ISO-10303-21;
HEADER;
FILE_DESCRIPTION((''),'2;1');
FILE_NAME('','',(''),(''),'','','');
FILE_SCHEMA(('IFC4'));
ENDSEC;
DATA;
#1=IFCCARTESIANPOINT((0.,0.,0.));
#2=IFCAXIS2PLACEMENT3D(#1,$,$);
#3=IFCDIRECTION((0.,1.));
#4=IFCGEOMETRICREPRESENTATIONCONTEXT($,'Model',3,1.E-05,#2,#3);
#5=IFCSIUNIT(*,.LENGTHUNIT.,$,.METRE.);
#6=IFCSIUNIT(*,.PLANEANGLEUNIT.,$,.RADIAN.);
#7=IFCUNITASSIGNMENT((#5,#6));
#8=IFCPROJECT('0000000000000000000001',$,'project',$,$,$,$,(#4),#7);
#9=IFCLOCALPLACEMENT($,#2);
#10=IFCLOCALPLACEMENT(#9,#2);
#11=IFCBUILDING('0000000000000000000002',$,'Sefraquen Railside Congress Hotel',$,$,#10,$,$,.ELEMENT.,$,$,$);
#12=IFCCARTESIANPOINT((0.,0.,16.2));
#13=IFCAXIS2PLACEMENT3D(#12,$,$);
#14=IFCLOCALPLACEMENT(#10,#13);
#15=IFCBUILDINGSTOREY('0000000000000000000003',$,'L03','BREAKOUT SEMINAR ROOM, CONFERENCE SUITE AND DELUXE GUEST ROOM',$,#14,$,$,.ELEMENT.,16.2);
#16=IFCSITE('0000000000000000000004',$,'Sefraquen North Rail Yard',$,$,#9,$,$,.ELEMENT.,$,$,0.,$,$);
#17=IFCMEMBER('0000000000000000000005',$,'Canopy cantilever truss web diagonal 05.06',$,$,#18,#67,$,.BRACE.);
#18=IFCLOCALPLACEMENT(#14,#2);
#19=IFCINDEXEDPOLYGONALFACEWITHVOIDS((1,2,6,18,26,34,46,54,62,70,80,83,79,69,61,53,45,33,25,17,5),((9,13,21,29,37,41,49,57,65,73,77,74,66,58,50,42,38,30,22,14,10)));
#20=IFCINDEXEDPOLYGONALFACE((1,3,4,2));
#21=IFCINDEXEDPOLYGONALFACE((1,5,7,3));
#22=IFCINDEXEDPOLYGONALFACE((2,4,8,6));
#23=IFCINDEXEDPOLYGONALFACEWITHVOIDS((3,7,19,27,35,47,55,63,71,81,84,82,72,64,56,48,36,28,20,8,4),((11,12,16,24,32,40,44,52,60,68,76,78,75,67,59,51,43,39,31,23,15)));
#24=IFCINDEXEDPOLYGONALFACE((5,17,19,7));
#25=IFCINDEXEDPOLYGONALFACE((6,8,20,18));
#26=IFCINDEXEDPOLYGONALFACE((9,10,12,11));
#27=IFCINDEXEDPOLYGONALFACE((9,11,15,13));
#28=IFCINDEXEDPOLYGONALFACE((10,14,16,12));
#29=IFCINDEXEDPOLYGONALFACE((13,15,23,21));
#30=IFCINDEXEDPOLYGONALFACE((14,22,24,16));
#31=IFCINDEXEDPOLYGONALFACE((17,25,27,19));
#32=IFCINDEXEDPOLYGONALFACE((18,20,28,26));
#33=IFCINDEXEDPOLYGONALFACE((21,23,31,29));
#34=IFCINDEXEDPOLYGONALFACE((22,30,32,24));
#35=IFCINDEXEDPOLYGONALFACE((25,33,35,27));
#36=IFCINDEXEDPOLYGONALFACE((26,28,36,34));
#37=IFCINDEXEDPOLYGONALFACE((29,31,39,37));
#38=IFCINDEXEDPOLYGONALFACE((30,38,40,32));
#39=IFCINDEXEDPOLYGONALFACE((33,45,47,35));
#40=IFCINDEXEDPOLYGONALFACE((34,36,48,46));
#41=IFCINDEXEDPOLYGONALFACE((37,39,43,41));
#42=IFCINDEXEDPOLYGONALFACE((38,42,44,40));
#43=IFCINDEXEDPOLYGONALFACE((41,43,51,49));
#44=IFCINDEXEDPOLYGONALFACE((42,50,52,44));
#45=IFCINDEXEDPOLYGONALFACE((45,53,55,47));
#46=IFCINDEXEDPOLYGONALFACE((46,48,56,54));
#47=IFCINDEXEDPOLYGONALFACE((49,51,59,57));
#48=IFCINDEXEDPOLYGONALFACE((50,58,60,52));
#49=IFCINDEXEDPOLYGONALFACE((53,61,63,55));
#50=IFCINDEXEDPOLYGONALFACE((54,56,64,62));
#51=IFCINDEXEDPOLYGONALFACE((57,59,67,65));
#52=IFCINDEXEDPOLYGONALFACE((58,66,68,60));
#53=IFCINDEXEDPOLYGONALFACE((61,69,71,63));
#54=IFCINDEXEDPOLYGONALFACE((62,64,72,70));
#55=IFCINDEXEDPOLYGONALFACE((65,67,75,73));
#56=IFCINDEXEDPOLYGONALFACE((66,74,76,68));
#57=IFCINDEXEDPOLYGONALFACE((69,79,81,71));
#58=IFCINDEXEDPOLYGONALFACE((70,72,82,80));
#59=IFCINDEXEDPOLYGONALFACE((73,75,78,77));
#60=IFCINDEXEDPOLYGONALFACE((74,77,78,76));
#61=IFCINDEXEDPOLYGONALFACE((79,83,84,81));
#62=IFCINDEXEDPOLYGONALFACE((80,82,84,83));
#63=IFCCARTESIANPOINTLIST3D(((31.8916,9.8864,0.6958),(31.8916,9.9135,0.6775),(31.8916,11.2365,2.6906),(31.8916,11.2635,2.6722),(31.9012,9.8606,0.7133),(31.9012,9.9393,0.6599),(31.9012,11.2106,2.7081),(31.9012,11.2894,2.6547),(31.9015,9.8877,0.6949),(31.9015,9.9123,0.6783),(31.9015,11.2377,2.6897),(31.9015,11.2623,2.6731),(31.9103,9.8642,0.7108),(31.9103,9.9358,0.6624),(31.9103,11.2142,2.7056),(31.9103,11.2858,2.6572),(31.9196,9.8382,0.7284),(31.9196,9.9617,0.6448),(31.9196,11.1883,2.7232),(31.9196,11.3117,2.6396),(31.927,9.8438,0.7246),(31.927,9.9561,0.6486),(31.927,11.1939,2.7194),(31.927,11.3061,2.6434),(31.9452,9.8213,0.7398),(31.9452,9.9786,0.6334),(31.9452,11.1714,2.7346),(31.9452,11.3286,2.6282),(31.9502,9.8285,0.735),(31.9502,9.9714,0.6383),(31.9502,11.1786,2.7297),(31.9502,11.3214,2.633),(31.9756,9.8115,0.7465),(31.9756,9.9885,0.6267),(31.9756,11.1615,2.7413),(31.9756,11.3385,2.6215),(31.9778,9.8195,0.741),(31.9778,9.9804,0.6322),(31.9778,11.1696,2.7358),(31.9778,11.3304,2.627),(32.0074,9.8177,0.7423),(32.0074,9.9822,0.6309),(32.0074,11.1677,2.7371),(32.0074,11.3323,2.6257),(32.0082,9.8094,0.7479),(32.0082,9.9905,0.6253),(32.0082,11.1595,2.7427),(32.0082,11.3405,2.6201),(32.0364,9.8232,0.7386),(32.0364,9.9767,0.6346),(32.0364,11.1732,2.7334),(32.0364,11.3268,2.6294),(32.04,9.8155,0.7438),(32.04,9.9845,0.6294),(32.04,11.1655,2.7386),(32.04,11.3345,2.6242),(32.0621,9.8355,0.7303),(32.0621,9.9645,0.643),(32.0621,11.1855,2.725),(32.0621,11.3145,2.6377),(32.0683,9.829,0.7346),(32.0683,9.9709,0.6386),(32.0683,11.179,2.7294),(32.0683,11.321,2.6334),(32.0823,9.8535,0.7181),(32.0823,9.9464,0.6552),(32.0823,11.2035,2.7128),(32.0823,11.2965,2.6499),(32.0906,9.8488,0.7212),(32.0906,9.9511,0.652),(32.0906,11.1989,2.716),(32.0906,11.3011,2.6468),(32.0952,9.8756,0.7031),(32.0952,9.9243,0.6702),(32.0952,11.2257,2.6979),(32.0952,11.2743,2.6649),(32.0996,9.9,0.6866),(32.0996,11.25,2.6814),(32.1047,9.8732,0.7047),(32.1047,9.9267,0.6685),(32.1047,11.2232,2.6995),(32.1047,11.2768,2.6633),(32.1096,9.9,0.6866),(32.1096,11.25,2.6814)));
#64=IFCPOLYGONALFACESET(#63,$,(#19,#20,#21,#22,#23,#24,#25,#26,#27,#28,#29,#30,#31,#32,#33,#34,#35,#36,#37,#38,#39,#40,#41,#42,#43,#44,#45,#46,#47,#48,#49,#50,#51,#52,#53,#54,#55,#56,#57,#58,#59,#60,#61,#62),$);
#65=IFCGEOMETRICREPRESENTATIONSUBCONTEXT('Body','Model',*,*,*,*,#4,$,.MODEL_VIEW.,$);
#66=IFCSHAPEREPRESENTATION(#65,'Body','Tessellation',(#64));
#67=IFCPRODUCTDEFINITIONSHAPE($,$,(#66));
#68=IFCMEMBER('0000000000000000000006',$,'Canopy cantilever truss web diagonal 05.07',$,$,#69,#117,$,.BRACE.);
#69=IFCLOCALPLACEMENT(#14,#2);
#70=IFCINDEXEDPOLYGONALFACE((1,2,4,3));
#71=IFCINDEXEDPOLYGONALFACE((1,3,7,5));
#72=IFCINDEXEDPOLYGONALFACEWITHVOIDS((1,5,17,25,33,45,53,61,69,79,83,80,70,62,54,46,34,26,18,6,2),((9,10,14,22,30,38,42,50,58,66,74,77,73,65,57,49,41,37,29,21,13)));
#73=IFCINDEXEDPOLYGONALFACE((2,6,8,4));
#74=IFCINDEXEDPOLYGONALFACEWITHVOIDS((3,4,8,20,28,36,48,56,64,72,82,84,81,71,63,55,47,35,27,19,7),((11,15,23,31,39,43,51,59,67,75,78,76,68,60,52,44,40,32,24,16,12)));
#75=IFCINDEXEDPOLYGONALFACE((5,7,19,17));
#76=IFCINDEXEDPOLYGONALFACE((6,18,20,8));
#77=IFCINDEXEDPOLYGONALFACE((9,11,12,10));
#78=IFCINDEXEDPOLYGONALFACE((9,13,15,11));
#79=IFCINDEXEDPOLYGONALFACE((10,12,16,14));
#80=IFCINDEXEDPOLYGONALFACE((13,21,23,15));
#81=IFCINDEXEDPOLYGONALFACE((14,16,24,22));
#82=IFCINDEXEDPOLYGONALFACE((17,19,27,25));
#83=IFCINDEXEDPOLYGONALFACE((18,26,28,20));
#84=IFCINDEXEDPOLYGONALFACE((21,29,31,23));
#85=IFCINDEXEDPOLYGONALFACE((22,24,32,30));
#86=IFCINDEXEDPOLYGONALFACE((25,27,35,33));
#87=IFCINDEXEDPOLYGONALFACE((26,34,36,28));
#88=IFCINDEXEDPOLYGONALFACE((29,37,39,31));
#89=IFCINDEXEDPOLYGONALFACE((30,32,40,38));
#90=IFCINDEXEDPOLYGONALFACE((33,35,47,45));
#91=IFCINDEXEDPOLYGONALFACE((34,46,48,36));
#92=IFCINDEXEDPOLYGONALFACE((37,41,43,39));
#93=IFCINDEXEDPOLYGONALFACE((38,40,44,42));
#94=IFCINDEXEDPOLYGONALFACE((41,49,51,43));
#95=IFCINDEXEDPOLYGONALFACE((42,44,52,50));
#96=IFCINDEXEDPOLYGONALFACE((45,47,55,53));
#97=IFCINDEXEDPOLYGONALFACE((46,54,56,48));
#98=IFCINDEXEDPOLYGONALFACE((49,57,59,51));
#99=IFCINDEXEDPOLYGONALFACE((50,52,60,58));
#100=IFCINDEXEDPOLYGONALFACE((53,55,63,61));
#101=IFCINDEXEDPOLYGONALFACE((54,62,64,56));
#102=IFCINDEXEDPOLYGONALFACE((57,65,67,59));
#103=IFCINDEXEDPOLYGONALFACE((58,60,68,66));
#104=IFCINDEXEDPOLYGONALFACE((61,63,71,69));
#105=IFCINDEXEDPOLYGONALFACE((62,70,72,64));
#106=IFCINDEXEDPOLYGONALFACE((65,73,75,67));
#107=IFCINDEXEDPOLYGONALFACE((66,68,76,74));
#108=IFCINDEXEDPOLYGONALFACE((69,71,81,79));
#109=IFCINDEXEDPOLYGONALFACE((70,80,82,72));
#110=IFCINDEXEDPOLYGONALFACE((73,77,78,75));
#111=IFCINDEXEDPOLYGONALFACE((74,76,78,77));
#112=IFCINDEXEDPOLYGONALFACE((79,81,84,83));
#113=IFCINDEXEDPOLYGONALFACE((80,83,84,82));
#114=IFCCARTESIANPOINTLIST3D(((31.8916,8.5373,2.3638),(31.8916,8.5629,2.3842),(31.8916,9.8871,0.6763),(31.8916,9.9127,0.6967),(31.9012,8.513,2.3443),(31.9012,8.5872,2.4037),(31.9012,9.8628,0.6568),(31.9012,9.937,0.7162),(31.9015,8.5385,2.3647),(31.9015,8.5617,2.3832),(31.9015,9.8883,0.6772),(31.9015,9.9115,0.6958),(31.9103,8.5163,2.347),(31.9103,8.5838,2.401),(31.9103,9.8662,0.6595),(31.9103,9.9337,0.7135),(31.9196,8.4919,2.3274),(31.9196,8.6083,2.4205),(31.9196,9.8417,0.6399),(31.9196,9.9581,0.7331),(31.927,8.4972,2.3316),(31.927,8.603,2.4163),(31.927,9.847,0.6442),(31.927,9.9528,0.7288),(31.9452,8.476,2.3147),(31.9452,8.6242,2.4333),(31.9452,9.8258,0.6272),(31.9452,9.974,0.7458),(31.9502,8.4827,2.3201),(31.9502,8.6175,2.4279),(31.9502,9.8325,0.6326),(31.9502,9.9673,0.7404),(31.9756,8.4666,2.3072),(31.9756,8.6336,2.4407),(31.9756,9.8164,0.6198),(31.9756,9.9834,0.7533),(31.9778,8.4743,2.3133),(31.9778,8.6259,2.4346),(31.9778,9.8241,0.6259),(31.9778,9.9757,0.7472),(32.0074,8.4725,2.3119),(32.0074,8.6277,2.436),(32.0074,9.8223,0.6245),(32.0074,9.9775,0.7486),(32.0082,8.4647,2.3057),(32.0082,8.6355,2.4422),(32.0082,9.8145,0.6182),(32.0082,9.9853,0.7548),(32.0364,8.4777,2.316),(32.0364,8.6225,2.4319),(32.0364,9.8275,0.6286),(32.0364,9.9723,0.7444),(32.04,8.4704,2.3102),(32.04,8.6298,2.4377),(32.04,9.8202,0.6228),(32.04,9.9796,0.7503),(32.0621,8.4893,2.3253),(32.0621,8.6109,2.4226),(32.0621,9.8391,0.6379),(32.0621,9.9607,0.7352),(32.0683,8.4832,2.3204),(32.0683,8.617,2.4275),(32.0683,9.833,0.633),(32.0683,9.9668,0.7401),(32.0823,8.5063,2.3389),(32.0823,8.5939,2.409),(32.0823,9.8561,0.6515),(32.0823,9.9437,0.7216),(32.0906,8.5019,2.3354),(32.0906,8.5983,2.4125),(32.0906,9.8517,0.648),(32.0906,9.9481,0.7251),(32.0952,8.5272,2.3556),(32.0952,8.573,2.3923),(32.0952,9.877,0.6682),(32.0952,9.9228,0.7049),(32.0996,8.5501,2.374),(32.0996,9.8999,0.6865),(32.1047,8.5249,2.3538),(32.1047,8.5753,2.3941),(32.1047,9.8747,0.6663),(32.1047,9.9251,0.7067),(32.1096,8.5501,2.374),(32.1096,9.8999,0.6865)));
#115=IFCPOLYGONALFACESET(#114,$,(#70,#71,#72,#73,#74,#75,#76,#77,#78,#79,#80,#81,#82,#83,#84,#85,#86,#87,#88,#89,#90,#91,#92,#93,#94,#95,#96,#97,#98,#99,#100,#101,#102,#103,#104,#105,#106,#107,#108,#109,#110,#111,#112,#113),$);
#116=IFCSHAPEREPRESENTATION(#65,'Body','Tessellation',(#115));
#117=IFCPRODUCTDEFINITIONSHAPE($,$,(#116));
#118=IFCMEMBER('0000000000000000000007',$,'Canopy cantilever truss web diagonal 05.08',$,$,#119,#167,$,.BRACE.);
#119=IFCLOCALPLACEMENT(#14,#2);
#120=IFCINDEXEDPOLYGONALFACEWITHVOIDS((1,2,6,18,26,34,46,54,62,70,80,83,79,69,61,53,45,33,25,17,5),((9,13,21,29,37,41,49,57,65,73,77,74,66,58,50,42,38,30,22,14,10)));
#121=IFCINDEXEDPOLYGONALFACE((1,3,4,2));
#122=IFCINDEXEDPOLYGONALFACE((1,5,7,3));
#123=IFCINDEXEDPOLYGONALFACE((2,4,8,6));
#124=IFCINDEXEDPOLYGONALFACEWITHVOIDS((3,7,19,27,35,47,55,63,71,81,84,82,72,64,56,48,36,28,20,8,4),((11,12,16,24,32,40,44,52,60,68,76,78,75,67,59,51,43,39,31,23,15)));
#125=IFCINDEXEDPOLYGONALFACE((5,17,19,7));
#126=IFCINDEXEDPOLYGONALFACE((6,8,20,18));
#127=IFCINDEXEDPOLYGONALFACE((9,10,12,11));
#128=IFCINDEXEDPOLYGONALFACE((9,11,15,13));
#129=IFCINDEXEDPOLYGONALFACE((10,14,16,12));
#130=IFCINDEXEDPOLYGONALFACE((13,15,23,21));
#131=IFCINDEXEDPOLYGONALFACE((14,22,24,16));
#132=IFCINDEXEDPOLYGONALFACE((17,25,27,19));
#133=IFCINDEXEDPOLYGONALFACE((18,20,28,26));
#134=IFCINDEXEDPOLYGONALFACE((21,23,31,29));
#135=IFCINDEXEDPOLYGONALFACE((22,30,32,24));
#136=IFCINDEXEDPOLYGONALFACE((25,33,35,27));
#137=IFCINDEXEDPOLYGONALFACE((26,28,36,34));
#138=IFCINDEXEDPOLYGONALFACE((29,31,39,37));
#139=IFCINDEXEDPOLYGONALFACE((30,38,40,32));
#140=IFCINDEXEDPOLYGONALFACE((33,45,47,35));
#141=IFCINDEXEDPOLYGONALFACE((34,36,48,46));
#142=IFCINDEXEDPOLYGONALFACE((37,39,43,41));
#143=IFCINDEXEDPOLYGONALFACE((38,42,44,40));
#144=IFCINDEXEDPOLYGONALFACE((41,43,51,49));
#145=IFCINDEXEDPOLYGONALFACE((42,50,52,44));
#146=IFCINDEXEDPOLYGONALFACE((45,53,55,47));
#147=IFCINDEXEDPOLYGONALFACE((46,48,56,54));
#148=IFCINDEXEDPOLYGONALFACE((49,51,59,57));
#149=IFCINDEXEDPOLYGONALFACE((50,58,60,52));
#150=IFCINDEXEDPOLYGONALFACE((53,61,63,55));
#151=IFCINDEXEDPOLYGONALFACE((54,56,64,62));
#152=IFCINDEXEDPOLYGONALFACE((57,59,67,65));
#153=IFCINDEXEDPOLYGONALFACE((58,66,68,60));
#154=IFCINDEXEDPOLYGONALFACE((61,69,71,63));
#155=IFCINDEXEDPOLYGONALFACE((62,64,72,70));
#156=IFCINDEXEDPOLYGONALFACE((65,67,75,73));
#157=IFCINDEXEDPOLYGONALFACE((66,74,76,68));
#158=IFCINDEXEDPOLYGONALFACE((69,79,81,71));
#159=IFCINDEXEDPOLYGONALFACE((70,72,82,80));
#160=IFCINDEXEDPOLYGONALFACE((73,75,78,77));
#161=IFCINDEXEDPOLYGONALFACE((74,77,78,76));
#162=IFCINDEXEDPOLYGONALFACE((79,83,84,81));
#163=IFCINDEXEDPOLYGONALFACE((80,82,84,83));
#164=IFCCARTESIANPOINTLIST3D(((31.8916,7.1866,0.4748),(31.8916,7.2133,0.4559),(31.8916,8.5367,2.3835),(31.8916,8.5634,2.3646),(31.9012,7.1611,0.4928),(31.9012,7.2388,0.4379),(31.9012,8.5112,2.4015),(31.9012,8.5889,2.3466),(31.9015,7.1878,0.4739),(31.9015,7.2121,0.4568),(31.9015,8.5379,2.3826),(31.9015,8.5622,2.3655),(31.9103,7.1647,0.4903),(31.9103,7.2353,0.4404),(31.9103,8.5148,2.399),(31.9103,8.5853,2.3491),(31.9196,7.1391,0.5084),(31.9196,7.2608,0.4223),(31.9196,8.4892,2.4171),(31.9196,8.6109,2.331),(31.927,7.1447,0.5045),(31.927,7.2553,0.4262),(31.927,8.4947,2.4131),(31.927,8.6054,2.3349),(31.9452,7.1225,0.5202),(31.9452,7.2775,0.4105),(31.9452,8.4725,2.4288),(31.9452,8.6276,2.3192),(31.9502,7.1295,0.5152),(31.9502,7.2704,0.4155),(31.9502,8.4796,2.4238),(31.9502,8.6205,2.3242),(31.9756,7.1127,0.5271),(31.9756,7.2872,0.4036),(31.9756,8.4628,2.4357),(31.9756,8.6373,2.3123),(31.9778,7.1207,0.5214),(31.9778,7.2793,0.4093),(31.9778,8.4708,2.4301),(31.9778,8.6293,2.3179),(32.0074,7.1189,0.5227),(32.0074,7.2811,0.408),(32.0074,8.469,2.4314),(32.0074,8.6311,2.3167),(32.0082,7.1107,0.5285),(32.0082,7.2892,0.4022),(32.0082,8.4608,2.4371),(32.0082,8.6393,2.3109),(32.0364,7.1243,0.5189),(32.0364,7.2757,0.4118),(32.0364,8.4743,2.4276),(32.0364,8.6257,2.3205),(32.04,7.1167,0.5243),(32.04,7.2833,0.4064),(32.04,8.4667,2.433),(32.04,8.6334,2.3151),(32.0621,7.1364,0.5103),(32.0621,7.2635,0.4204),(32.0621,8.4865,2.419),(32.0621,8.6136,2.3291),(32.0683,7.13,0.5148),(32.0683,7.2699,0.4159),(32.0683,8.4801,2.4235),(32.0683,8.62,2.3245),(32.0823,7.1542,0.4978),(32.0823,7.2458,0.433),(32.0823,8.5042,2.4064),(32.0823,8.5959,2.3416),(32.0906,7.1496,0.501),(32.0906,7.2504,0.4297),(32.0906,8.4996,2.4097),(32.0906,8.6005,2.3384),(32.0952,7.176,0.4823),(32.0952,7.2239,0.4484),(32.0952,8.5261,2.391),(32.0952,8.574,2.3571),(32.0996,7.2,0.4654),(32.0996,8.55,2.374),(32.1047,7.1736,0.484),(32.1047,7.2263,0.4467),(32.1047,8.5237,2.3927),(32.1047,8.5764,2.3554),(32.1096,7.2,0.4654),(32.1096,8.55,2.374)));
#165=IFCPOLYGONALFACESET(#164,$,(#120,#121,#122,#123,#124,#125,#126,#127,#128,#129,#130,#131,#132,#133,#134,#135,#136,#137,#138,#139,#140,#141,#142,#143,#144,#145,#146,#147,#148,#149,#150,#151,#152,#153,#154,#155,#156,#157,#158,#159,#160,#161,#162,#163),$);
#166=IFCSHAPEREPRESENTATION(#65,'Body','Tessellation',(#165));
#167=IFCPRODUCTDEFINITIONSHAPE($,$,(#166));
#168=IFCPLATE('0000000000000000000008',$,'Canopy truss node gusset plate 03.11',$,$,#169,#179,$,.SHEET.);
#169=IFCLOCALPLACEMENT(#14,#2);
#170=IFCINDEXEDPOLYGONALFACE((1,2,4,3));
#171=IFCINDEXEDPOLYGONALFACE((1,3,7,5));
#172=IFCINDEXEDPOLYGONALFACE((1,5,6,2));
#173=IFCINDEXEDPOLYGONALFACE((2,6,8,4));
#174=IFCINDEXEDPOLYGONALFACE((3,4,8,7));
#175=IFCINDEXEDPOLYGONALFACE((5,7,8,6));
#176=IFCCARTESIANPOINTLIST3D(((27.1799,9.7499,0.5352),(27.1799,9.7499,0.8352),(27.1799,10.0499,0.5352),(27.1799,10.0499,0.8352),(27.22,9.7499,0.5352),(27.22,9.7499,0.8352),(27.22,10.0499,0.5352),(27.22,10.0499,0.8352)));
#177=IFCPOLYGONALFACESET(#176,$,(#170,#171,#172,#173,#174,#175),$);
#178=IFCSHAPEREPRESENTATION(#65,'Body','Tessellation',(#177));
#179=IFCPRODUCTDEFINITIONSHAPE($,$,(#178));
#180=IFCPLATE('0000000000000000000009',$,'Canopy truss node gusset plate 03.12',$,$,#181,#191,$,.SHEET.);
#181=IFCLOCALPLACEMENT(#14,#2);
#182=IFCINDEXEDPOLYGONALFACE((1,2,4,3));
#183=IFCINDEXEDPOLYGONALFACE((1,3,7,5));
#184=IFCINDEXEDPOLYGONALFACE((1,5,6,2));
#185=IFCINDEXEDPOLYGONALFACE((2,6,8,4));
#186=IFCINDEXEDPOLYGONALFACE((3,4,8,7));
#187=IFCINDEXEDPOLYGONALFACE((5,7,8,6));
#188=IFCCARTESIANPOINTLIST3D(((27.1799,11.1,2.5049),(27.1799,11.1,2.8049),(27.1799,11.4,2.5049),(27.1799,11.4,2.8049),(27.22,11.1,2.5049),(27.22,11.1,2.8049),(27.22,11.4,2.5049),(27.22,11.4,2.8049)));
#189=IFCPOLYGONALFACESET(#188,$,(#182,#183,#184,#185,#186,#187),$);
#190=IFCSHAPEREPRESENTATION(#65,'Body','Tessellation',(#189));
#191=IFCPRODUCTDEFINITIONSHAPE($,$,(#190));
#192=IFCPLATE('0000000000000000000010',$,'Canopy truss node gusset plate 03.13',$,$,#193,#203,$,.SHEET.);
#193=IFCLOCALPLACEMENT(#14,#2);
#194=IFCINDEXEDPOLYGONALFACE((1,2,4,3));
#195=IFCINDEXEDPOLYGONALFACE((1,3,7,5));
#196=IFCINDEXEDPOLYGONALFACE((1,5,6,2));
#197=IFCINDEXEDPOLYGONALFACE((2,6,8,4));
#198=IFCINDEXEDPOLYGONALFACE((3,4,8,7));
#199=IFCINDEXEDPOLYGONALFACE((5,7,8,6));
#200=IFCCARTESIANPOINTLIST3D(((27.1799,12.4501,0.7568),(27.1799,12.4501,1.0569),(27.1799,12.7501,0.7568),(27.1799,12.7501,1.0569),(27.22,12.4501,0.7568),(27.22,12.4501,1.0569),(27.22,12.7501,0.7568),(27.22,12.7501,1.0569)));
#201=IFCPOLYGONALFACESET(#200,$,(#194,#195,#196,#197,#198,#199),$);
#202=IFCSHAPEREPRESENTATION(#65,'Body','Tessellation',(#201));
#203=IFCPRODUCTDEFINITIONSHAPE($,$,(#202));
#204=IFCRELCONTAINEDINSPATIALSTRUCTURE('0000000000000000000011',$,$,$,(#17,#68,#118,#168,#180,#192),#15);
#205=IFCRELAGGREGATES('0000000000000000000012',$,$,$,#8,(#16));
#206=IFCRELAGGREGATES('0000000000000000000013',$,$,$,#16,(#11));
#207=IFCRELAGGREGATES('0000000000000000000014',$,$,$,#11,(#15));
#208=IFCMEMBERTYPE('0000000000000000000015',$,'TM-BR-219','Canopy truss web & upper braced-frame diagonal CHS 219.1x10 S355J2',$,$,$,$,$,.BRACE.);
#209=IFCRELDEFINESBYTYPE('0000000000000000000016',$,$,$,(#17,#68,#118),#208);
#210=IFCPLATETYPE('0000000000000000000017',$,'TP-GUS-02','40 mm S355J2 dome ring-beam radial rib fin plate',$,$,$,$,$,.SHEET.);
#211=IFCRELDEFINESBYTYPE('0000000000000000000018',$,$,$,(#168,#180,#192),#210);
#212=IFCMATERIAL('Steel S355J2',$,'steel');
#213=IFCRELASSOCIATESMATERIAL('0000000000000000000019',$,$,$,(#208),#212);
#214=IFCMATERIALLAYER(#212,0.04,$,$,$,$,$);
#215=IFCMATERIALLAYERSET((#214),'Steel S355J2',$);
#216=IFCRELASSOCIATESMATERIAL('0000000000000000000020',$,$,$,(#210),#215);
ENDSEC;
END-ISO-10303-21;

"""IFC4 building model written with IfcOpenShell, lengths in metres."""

from ifc_helpers import new_model, si_unit, direction, frame, origin, origin_2d, place, context, subcontext, project, spatial, rectangle, hollow_circle, extrude, material, layer, layer_set, material_profile, profile_set, type_object, element, save


model = new_model("IFC4")

# Units and contexts
model_context = context("Model", 3, precision=1e-05, world=origin(), true_north=direction((0.0, 1.0)))
body_context = subcontext(model_context, "Body", "Model", "MODEL_VIEW")
ifc_project = project(units=[si_unit("LENGTHUNIT", "METRE"), si_unit("PLANEANGLEUNIT", "RADIAN")], contexts=[model_context])

# Site, building, storey
site_placement = place(None, origin())
site = spatial("IfcSite", under=ifc_project, at=site_placement, Name="Sefraquen North Rail Yard", CompositionType="ELEMENT", RefElevation=0.0)
building_placement = place(site_placement, origin())
building = spatial("IfcBuilding", under=site, at=building_placement, Name="Sefraquen Railside Congress Hotel", CompositionType="ELEMENT")
storey_placement = place(building_placement, frame((0.0, 0.0, 16.2)))
storey = spatial("IfcBuildingStorey", under=building, at=storey_placement, Name="L03", Description="BREAKOUT SEMINAR ROOM, CONFERENCE SUITE AND DELUXE GUEST ROOM", CompositionType="ELEMENT", Elevation=16.2)

# Members
ifc_material = material(Name="Steel S355J2", Category="steel")
ifc_material_profile = material_profile(ifc_material, hollow_circle(Radius=0.1096, WallThickness=0.01, at=origin_2d()), Name="CHS 219.1x10")
ifc_profile_set = profile_set([ifc_material_profile], Name="Steel S355J2")
member_type = type_object("IfcMemberType", Name="TM-BR-219", Description="Canopy truss web & upper braced-frame diagonal CHS 219.1x10 S355J2", PredefinedType="BRACE", material=ifc_profile_set)
member_1_placement = place(storey_placement, frame((32.0, 11.25, 2.6814), z_axis=(0.0, -0.560487, -0.828163), x_axis=(1.0, 0.0, 0.0)))
element("IfcMember", 1, at=member_1_placement, inside=storey, type_object=member_type, Name="Canopy cantilever truss web diagonal 05.06", PredefinedType="BRACE", context=body_context, shape_type="SweptSolid", body=[
    extrude(hollow_circle(Radius=0.1096, WallThickness=0.01, at=origin_2d()), origin(), (0.0, 0.0, 1.0), 2.4087),
])
member_2_placement = place(storey_placement, frame((32.0, 9.8999, 0.6865), z_axis=(0.0, -0.624654, 0.780902), x_axis=(1.0, 0.0, 0.0)))
element("IfcMember", 2, at=member_2_placement, inside=storey, type_object=member_type, Name="Canopy cantilever truss web diagonal 05.07", PredefinedType="BRACE", context=body_context, shape_type="SweptSolid", body=[
    extrude(hollow_circle(Radius=0.1096, WallThickness=0.01, at=origin_2d()), origin(), (0.0, 0.0, 1.0), 2.1609),
])
member_3_placement = place(storey_placement, frame((32.0, 8.55, 2.374), z_axis=(0.0, -0.577478, -0.816406), x_axis=(1.0, 0.0, 0.0)))
element("IfcMember", 3, at=member_3_placement, inside=storey, type_object=member_type, Name="Canopy cantilever truss web diagonal 05.08", PredefinedType="BRACE", context=body_context, shape_type="SweptSolid", body=[
    extrude(hollow_circle(Radius=0.1096, WallThickness=0.01, at=origin_2d()), origin(), (0.0, 0.0, 1.0), 2.3379),
])

# Plates
ifc_layer = layer(ifc_material, 0.04)
ifc_layer_set = layer_set([ifc_layer], Name="Steel S355J2")
plate_type = type_object("IfcPlateType", Name="TP-GUS-02", Description="40 mm S355J2 dome ring-beam radial rib fin plate", PredefinedType="SHEET", material=ifc_layer_set)
for number, where, z_axis, x_axis, name in (
    (4, (27.2, 9.8999, 0.5352), (0.0, 0.0, 1.0), (1.0, 0.0, 0.0), "Canopy truss node gusset plate 03.11"),
    (5, (27.2, 11.25, 2.5049), (0.0, 0.0, 1.0), (1.0, 0.0, 0.0), "Canopy truss node gusset plate 03.12"),
    (6, (27.2, 12.6001, 0.7568), (0.0, 0.0, 1.0), (1.0, 0.0, 0.0), "Canopy truss node gusset plate 03.13"),
):
    element("IfcPlate", number, at=place(storey_placement, frame(where, z_axis=z_axis, x_axis=x_axis)), inside=storey, type_object=plate_type, Name=name, PredefinedType="SHEET", context=body_context, shape_type="SweptSolid", body=[
        extrude(rectangle(XDim=0.04, YDim=0.3, at=origin_2d()), origin(), (0.0, 0.0, 1.0), 0.3),
    ])

save(model, "model.ifc")
